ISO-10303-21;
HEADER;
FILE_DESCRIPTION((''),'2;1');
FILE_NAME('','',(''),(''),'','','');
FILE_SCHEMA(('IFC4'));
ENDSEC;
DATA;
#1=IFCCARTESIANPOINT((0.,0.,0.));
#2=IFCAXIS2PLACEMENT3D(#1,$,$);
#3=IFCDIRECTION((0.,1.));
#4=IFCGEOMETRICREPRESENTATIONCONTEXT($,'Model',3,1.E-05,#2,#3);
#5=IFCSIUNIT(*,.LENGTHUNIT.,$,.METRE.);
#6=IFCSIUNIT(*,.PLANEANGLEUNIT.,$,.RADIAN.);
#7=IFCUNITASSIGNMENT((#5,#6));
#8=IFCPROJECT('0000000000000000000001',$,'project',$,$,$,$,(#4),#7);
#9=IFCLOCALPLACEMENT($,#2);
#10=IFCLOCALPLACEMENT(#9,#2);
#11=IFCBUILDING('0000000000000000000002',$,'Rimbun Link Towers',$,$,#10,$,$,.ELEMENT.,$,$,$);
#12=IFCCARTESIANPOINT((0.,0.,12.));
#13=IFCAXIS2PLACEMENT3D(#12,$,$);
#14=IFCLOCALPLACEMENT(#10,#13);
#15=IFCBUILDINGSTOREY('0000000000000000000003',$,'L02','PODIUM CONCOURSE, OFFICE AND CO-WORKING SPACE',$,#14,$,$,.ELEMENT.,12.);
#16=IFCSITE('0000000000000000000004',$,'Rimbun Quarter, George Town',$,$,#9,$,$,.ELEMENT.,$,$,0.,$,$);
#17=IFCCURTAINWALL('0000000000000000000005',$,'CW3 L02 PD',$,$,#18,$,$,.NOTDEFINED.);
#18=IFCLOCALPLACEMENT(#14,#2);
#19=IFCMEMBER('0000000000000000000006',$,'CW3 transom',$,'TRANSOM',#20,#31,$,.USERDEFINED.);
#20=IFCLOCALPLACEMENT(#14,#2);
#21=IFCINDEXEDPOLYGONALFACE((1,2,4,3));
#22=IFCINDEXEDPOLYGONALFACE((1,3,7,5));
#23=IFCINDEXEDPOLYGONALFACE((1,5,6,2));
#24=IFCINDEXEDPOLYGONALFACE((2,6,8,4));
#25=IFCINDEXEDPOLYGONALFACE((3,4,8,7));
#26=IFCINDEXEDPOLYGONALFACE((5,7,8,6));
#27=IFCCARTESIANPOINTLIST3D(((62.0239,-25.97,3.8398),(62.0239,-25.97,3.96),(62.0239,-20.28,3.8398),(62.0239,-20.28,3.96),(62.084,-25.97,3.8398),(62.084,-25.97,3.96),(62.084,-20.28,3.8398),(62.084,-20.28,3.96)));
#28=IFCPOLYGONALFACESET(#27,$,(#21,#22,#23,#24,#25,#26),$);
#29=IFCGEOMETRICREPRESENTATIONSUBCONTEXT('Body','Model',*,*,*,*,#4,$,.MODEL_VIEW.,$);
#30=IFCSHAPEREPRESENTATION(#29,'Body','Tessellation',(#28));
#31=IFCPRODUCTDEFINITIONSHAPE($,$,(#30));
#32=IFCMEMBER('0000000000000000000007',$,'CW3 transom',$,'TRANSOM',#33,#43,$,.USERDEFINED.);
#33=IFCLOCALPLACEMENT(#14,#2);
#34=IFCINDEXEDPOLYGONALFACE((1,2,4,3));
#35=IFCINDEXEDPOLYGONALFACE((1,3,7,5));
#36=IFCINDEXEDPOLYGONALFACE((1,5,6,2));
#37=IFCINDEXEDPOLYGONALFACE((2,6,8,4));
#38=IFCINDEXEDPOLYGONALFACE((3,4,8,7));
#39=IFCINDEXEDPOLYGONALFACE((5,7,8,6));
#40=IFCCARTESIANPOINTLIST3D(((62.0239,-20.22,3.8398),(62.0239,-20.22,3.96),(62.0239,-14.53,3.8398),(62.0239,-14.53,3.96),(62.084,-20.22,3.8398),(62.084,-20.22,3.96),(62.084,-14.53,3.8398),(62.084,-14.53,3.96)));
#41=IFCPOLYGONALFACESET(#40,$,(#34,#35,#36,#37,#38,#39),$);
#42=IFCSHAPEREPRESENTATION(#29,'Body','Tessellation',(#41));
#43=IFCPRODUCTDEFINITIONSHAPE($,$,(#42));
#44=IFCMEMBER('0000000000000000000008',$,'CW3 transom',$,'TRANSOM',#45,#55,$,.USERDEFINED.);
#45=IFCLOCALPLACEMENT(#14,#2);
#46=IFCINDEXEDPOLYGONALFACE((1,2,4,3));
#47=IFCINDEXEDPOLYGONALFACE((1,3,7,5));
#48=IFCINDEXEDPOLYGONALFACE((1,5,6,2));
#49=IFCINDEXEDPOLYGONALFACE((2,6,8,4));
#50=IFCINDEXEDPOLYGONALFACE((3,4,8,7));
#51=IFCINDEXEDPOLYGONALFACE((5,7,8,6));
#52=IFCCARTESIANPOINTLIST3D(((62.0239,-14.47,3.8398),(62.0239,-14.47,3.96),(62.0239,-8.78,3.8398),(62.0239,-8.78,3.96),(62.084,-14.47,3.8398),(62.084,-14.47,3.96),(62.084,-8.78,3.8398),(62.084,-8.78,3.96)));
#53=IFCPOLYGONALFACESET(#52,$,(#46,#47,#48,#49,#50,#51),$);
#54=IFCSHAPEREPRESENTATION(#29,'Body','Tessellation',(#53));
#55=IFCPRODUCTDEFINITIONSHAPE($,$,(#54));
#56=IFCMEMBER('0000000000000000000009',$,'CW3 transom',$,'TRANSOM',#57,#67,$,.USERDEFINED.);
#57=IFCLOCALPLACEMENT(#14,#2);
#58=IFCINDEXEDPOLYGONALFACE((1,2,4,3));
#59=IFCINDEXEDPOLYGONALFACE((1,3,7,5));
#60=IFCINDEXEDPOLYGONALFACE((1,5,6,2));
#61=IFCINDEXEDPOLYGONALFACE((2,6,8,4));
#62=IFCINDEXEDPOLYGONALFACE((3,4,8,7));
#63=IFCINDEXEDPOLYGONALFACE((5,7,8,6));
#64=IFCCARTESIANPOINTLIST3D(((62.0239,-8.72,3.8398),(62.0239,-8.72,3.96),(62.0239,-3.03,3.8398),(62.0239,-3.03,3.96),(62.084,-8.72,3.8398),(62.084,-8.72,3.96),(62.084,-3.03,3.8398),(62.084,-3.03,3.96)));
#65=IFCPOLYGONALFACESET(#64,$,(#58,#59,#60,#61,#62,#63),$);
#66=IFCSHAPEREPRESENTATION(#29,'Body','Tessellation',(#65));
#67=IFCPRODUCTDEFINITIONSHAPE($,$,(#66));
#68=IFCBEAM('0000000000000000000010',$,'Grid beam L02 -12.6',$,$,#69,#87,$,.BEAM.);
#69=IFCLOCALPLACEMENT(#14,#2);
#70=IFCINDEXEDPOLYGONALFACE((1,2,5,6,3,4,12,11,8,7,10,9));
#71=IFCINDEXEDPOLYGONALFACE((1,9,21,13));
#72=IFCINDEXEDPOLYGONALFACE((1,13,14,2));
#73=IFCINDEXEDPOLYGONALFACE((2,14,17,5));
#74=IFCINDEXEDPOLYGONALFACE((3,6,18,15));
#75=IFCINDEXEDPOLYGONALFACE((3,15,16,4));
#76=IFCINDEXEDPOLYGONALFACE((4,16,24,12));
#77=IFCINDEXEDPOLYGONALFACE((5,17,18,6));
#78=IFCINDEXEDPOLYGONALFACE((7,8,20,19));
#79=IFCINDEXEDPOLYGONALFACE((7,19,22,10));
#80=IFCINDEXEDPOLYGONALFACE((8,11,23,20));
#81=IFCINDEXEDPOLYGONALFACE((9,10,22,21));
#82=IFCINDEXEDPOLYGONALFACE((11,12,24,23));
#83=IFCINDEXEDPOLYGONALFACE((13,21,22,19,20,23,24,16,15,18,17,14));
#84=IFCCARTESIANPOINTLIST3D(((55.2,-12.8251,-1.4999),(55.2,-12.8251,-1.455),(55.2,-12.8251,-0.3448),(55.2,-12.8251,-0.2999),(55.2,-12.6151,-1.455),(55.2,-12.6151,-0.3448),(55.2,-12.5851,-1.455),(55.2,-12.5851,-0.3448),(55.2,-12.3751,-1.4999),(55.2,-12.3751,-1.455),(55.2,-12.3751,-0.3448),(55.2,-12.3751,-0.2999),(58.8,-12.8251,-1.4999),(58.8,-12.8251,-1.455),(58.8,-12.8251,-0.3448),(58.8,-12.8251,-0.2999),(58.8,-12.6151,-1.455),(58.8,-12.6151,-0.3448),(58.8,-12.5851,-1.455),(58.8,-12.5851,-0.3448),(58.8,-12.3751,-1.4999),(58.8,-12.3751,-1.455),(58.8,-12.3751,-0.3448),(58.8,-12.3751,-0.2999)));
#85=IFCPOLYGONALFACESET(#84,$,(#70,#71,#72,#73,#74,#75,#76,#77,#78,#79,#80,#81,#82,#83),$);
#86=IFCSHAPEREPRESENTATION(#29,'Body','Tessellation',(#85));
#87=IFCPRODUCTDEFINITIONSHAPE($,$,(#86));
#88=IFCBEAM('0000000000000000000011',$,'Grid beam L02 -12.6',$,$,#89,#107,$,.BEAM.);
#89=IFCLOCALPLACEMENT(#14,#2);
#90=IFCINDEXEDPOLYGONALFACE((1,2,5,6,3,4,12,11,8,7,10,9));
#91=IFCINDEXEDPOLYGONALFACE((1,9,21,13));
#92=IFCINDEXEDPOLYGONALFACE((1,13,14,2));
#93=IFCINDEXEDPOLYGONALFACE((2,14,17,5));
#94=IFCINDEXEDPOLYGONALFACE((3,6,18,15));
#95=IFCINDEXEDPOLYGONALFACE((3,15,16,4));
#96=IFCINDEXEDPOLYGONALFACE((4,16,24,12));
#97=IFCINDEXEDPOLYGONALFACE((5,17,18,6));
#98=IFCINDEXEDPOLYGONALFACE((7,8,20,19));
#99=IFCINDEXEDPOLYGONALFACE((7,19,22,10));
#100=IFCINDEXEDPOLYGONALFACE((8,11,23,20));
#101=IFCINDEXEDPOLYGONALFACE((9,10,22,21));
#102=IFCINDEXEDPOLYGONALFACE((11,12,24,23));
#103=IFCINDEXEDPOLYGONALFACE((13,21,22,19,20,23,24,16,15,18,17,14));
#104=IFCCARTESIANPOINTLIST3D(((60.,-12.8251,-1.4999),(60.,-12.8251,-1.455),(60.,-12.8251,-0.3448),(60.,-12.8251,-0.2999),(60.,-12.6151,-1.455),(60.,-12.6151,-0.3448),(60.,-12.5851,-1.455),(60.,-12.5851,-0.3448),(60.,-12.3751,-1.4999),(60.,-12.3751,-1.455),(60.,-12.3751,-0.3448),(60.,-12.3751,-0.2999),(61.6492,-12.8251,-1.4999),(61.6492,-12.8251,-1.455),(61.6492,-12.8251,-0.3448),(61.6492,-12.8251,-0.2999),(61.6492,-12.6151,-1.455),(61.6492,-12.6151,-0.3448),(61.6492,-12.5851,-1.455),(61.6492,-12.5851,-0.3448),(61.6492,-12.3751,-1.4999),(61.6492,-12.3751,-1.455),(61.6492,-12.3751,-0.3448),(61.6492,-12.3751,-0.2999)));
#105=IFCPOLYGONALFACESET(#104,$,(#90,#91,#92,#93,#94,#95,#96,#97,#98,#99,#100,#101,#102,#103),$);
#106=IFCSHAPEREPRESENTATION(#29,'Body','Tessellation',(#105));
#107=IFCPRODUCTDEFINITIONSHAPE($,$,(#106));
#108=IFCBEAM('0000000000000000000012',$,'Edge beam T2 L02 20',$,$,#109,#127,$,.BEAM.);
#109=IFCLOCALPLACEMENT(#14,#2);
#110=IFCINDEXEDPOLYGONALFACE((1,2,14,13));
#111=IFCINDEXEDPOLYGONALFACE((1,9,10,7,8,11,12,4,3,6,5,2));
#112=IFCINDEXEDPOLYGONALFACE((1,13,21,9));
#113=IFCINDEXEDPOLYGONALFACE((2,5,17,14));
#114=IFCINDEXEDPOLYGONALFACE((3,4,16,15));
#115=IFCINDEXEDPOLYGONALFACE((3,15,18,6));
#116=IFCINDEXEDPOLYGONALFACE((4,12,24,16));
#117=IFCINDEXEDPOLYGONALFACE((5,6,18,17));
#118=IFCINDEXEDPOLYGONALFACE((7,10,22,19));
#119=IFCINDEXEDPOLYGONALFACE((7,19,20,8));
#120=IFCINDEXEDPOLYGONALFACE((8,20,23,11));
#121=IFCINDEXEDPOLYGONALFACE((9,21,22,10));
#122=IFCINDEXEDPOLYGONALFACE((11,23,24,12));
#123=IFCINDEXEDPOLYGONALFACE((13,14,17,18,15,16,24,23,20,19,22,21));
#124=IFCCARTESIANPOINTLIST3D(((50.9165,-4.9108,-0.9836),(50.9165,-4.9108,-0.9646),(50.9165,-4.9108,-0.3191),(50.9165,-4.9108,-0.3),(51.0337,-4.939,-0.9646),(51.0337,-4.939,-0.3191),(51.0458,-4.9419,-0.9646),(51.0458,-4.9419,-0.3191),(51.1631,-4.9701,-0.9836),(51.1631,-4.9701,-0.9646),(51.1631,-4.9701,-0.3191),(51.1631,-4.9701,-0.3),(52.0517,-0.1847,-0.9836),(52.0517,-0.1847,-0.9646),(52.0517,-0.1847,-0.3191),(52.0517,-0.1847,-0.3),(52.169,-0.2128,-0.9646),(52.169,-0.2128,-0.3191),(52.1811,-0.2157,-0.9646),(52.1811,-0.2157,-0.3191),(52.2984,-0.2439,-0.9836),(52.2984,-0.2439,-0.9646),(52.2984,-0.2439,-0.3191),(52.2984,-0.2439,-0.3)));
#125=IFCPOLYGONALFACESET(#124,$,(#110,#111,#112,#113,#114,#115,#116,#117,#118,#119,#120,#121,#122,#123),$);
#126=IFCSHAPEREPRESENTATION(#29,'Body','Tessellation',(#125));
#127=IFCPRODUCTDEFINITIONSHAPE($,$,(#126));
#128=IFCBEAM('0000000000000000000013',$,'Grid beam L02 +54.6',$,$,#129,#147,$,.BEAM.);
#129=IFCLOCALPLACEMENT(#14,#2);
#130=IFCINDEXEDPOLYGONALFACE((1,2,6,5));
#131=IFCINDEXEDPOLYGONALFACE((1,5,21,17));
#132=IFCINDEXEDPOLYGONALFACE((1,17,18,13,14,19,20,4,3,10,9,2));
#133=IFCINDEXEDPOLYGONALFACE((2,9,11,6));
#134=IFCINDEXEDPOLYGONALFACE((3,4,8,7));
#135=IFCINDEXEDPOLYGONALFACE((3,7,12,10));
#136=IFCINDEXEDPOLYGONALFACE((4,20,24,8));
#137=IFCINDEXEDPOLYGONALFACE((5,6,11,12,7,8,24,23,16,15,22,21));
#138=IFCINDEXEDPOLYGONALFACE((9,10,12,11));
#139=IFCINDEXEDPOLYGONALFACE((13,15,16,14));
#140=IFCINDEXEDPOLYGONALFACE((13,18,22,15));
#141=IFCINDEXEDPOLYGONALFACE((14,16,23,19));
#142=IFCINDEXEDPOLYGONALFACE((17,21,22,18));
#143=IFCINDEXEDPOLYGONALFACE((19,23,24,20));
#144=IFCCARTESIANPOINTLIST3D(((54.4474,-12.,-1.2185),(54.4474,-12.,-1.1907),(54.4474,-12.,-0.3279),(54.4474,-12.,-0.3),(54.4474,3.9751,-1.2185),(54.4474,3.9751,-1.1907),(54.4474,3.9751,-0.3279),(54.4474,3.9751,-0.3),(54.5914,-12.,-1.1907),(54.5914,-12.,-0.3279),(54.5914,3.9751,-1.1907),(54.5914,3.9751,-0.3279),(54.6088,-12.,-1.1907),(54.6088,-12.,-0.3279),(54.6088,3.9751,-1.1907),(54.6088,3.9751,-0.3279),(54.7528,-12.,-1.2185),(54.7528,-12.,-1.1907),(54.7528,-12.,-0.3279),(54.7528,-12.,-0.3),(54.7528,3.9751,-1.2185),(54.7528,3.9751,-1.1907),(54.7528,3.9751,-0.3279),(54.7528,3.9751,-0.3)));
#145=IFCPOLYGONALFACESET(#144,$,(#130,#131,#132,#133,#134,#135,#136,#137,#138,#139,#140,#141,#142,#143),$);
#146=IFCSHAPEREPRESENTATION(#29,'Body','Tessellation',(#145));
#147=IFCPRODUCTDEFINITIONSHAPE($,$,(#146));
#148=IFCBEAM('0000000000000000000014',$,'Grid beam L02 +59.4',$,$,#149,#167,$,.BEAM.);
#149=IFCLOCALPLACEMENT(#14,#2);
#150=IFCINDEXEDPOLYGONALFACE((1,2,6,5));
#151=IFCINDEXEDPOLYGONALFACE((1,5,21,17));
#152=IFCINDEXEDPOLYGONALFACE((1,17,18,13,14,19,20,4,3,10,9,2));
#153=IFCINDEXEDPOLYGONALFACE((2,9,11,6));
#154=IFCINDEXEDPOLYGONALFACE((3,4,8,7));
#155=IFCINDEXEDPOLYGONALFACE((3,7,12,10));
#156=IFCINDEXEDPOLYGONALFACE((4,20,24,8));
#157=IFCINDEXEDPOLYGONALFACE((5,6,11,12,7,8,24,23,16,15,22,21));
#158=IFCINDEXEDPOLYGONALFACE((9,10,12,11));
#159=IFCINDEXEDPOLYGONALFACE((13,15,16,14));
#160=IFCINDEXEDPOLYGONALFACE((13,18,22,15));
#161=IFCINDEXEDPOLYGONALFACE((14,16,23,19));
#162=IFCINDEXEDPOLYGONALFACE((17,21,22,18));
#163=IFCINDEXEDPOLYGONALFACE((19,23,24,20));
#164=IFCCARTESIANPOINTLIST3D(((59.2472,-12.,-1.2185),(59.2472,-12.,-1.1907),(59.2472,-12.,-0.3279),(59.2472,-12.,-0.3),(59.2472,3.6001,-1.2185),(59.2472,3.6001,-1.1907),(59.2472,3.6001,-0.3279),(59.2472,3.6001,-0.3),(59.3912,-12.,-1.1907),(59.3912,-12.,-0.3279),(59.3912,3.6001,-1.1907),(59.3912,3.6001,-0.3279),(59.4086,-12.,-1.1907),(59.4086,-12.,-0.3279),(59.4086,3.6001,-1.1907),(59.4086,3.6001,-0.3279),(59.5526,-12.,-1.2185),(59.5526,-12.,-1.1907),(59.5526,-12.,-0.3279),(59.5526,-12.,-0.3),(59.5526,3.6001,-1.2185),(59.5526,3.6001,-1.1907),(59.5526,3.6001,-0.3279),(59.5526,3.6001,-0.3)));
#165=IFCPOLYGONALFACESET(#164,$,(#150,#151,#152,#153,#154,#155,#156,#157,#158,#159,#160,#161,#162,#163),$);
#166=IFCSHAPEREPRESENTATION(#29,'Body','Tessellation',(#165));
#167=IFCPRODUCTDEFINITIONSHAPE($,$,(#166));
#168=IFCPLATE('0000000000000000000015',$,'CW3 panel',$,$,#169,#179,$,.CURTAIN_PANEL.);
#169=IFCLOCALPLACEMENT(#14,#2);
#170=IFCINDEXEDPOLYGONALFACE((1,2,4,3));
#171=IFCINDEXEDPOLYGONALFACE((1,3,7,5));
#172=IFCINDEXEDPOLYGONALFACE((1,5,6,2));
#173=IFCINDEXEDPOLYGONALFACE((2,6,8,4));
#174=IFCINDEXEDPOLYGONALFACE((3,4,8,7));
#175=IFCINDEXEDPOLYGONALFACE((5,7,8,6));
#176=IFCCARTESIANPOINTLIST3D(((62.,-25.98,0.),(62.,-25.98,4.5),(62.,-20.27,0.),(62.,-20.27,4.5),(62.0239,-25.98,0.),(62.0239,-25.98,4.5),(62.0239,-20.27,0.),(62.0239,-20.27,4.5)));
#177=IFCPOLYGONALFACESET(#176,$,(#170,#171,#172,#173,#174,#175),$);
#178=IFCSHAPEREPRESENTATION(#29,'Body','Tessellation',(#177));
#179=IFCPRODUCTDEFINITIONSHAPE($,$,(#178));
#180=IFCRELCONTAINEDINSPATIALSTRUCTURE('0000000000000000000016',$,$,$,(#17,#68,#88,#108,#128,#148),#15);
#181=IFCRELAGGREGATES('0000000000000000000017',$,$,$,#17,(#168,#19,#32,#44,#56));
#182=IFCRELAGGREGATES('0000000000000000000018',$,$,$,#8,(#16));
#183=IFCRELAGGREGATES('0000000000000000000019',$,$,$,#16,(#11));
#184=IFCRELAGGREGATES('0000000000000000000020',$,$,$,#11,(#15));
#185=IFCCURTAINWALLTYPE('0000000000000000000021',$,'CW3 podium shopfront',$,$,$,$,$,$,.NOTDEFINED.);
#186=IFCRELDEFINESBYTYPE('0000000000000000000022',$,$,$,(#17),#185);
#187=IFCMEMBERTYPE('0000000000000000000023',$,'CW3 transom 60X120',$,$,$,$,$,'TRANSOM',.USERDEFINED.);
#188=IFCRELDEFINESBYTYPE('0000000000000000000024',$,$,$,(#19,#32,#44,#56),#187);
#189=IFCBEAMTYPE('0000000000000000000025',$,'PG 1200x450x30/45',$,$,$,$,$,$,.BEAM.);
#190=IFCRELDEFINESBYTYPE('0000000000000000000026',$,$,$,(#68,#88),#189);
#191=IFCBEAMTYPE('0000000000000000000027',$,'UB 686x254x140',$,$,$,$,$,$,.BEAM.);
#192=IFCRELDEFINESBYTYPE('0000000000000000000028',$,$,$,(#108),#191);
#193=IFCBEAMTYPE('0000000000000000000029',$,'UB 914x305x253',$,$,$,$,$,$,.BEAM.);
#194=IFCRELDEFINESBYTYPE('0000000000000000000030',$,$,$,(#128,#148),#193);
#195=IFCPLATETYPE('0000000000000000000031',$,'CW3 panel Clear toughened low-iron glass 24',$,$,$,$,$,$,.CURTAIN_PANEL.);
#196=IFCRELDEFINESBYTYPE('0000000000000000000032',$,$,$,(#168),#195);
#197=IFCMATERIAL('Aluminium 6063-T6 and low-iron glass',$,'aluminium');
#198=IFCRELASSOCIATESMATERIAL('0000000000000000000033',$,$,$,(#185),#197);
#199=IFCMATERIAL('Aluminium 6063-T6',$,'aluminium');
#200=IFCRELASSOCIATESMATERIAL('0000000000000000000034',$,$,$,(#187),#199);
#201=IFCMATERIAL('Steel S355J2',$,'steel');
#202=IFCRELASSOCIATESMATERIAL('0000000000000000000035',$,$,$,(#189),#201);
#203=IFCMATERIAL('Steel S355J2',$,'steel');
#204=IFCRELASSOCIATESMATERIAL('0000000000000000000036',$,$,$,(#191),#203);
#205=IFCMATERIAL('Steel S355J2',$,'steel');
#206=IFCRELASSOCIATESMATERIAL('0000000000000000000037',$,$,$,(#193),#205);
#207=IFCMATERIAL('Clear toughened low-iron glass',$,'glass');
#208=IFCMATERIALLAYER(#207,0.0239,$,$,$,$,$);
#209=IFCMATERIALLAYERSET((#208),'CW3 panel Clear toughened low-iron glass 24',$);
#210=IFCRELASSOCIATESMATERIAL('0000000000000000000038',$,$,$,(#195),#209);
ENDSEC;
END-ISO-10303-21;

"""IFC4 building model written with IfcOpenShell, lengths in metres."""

from ifc_helpers import new_model, si_unit, direction, frame, origin, origin_2d, place, context, subcontext, project, spatial, rectangle, i_section, extrude, material, layer, layer_set, material_profile, profile_set, type_object, element, aggregate, save


model = new_model("IFC4")

# Units and contexts
model_context = context("Model", 3, precision=1e-05, world=origin(), true_north=direction((0.0, 1.0)))
body_context = subcontext(model_context, "Body", "Model", "MODEL_VIEW")
ifc_project = project(units=[si_unit("LENGTHUNIT", "METRE"), si_unit("PLANEANGLEUNIT", "RADIAN")], contexts=[model_context])

# Site, building, storey
site_placement = place(None, origin())
site = spatial("IfcSite", under=ifc_project, at=site_placement, Name="Rimbun Quarter, George Town", CompositionType="ELEMENT", RefElevation=0.0)
building_placement = place(site_placement, origin())
building = spatial("IfcBuilding", under=site, at=building_placement, Name="Rimbun Link Towers", CompositionType="ELEMENT")
storey_placement = place(building_placement, frame((0.0, 0.0, 12.0)))
storey = spatial("IfcBuildingStorey", under=building, at=storey_placement, Name="L02", Description="PODIUM CONCOURSE, OFFICE AND CO-WORKING SPACE", CompositionType="ELEMENT", Elevation=12.0)

# Curtain wall, members
ifc_material_1 = material(Name="Aluminium 6063-T6 and low-iron glass", Category="aluminium")
curtain_wall_type = type_object("IfcCurtainWallType", Name="CW3 podium shopfront", PredefinedType="NOTDEFINED", material=ifc_material_1)
curtain_wall_placement = place(storey_placement, origin())
curtain_wall = element("IfcCurtainWall", 1, at=curtain_wall_placement, inside=storey, type_object=curtain_wall_type, Name="CW3 L02 PD", PredefinedType="NOTDEFINED")
ifc_material_2 = material(Name="Aluminium 6063-T6", Category="aluminium")
ifc_material_profile_1 = material_profile(ifc_material_2, rectangle(XDim=0.0601, YDim=0.1201, at=origin_2d()), Name="TRANSOM 60X120")
ifc_profile_set_1 = profile_set([ifc_material_profile_1], Name="Aluminium 6063-T6")
member_type_1 = type_object("IfcMemberType", Name="CW3 transom 60X120", ElementType="TRANSOM", PredefinedType="USERDEFINED", material=ifc_profile_set_1)
member_1_placement = place(storey_placement, frame((62.054, -20.28, 3.8999), z_axis=(0.0, -1.0, 0.0), x_axis=(1.0, 0.0, 0.0)))
member_1 = element("IfcMember", 2, at=member_1_placement, type_object=member_type_1, Name="CW3 transom", ObjectType="TRANSOM", PredefinedType="USERDEFINED", context=body_context, shape_type="SweptSolid", body=[
    extrude(rectangle(XDim=0.0601, YDim=0.1201, at=origin_2d()), origin(), (0.0, 0.0, 1.0), 5.6899),
])
member_2_placement = place(storey_placement, frame((62.054, -14.53, 3.8999), z_axis=(0.0, -1.0, 0.0), x_axis=(1.0, 0.0, 0.0)))
member_2 = element("IfcMember", 3, at=member_2_placement, type_object=member_type_1, Name="CW3 transom", ObjectType="TRANSOM", PredefinedType="USERDEFINED", context=body_context, shape_type="SweptSolid", body=[
    extrude(rectangle(XDim=0.0601, YDim=0.1201, at=origin_2d()), origin(), (0.0, 0.0, 1.0), 5.6899),
])
member_3_placement = place(storey_placement, frame((62.054, -8.78, 3.8999), z_axis=(0.0, -1.0, 0.0), x_axis=(1.0, 0.0, 0.0)))
member_3 = element("IfcMember", 4, at=member_3_placement, type_object=member_type_1, Name="CW3 transom", ObjectType="TRANSOM", PredefinedType="USERDEFINED", context=body_context, shape_type="SweptSolid", body=[
    extrude(rectangle(XDim=0.0601, YDim=0.1201, at=origin_2d()), origin(), (0.0, 0.0, 1.0), 5.6899),
])
member_4_placement = place(storey_placement, frame((62.054, -3.03, 3.8999), z_axis=(0.0, -1.0, 0.0), x_axis=(1.0, 0.0, 0.0)))
member_4 = element("IfcMember", 5, at=member_4_placement, type_object=member_type_1, Name="CW3 transom", ObjectType="TRANSOM", PredefinedType="USERDEFINED", context=body_context, shape_type="SweptSolid", body=[
    extrude(rectangle(XDim=0.0601, YDim=0.1201, at=origin_2d()), origin(), (0.0, 0.0, 1.0), 5.6899),
])

# Beams
ifc_material_3 = material(Name="Steel S355J2", Category="steel")
ifc_material_profile_2 = material_profile(ifc_material_3, i_section(OverallWidth=0.45, OverallDepth=1.2, WebThickness=0.03, FlangeThickness=0.0449, at=origin_2d()), Name="PG 1200x450x30/45")
ifc_profile_set_2 = profile_set([ifc_material_profile_2], Name="Steel S355J2")
beam_type_1 = type_object("IfcBeamType", Name="PG 1200x450x30/45", PredefinedType="BEAM", material=ifc_profile_set_2)
beam_1_placement = place(storey_placement, frame((55.2, -12.6001, -0.8999), z_axis=(1.0, 0.0, 0.0), x_axis=(0.0, 1.0, 0.0)))
element("IfcBeam", 6, at=beam_1_placement, inside=storey, type_object=beam_type_1, Name="Grid beam L02 -12.6", PredefinedType="BEAM", context=body_context, shape_type="SweptSolid", body=[
    extrude(i_section(OverallWidth=0.45, OverallDepth=1.2, WebThickness=0.03, FlangeThickness=0.0449, at=origin_2d()), origin(), (0.0, 0.0, 1.0), 3.6001),
])
beam_2_placement = place(storey_placement, frame((60.0, -12.6001, -0.8999), z_axis=(1.0, 0.0, 0.0), x_axis=(0.0, 1.0, 0.0)))
element("IfcBeam", 7, at=beam_2_placement, inside=storey, type_object=beam_type_1, Name="Grid beam L02 -12.6", PredefinedType="BEAM", context=body_context, shape_type="SweptSolid", body=[
    extrude(i_section(OverallWidth=0.45, OverallDepth=1.2, WebThickness=0.03, FlangeThickness=0.0449, at=origin_2d()), origin(), (0.0, 0.0, 1.0), 1.6492),
])
ifc_material_4 = material(Name="Steel S355J2", Category="steel")
ifc_material_profile_3 = material_profile(ifc_material_4, i_section(OverallWidth=0.2537, OverallDepth=0.6836, WebThickness=0.0125, FlangeThickness=0.019, at=origin_2d()), Name="UB 686x254x140")
ifc_profile_set_3 = profile_set([ifc_material_profile_3], Name="Steel S355J2")
beam_type_2 = type_object("IfcBeamType", Name="UB 686x254x140", PredefinedType="BEAM", material=ifc_profile_set_3)
beam_3_placement = place(storey_placement, frame((51.0398, -4.9404, -0.6418), z_axis=(0.233567, 0.972341, 0.0), x_axis=(-0.972341, 0.233567, 0.0)))
element("IfcBeam", 8, at=beam_3_placement, inside=storey, type_object=beam_type_2, Name="Edge beam T2 L02 20", PredefinedType="BEAM", context=body_context, shape_type="SweptSolid", body=[
    extrude(i_section(OverallWidth=0.2537, OverallDepth=0.6836, WebThickness=0.0125, FlangeThickness=0.019, at=origin_2d()), origin(), (0.0, 0.0, 1.0), 4.8606),
])
ifc_material_5 = material(Name="Steel S355J2", Category="steel")
ifc_material_profile_4 = material_profile(ifc_material_5, i_section(OverallWidth=0.3054, OverallDepth=0.9185, WebThickness=0.0173, FlangeThickness=0.0278, at=origin_2d()), Name="UB 914x305x253")
ifc_profile_set_4 = profile_set([ifc_material_profile_4], Name="Steel S355J2")
beam_type_3 = type_object("IfcBeamType", Name="UB 914x305x253", PredefinedType="BEAM", material=ifc_profile_set_4)
beam_4_placement = place(storey_placement, frame((54.6001, -12.0, -0.7593), z_axis=(0.0, 1.0, 0.0), x_axis=(-1.0, 0.0, 0.0)))
element("IfcBeam", 9, at=beam_4_placement, inside=storey, type_object=beam_type_3, Name="Grid beam L02 +54.6", PredefinedType="BEAM", context=body_context, shape_type="SweptSolid", body=[
    extrude(i_section(OverallWidth=0.3054, OverallDepth=0.9185, WebThickness=0.0173, FlangeThickness=0.0278, at=origin_2d()), origin(), (0.0, 0.0, 1.0), 15.9751),
])
beam_5_placement = place(storey_placement, frame((59.3999, -12.0, -0.7593), z_axis=(0.0, 1.0, 0.0), x_axis=(-1.0, 0.0, 0.0)))
element("IfcBeam", 10, at=beam_5_placement, inside=storey, type_object=beam_type_3, Name="Grid beam L02 +59.4", PredefinedType="BEAM", context=body_context, shape_type="SweptSolid", body=[
    extrude(i_section(OverallWidth=0.3054, OverallDepth=0.9185, WebThickness=0.0173, FlangeThickness=0.0278, at=origin_2d()), origin(), (0.0, 0.0, 1.0), 15.6001),
])

# Plate
ifc_material_6 = material(Name="Clear toughened low-iron glass", Category="glass")
ifc_layer_1 = layer(ifc_material_6, 0.0239)
ifc_layer_set_1 = layer_set([ifc_layer_1], Name="CW3 panel Clear toughened low-iron glass 24")
plate_type = type_object("IfcPlateType", Name="CW3 panel Clear toughened low-iron glass 24", PredefinedType="CURTAIN_PANEL", material=ifc_layer_set_1)
plate_1_placement = place(storey_placement, frame((62.012, -23.125, 0.0), z_axis=(0.0, 0.0, 1.0), x_axis=(0.0, -1.0, 0.0)))
plate_1 = element("IfcPlate", 11, at=plate_1_placement, type_object=plate_type, Name="CW3 panel", PredefinedType="CURTAIN_PANEL", context=body_context, shape_type="SweptSolid", body=[
    extrude(rectangle(XDim=5.71, YDim=0.0239, at=origin_2d()), origin(), (0.0, 0.0, 1.0), 4.5),
])
aggregate(curtain_wall, [plate_1, member_1, member_2, member_3, member_4])

save(model, "model.ifc")
